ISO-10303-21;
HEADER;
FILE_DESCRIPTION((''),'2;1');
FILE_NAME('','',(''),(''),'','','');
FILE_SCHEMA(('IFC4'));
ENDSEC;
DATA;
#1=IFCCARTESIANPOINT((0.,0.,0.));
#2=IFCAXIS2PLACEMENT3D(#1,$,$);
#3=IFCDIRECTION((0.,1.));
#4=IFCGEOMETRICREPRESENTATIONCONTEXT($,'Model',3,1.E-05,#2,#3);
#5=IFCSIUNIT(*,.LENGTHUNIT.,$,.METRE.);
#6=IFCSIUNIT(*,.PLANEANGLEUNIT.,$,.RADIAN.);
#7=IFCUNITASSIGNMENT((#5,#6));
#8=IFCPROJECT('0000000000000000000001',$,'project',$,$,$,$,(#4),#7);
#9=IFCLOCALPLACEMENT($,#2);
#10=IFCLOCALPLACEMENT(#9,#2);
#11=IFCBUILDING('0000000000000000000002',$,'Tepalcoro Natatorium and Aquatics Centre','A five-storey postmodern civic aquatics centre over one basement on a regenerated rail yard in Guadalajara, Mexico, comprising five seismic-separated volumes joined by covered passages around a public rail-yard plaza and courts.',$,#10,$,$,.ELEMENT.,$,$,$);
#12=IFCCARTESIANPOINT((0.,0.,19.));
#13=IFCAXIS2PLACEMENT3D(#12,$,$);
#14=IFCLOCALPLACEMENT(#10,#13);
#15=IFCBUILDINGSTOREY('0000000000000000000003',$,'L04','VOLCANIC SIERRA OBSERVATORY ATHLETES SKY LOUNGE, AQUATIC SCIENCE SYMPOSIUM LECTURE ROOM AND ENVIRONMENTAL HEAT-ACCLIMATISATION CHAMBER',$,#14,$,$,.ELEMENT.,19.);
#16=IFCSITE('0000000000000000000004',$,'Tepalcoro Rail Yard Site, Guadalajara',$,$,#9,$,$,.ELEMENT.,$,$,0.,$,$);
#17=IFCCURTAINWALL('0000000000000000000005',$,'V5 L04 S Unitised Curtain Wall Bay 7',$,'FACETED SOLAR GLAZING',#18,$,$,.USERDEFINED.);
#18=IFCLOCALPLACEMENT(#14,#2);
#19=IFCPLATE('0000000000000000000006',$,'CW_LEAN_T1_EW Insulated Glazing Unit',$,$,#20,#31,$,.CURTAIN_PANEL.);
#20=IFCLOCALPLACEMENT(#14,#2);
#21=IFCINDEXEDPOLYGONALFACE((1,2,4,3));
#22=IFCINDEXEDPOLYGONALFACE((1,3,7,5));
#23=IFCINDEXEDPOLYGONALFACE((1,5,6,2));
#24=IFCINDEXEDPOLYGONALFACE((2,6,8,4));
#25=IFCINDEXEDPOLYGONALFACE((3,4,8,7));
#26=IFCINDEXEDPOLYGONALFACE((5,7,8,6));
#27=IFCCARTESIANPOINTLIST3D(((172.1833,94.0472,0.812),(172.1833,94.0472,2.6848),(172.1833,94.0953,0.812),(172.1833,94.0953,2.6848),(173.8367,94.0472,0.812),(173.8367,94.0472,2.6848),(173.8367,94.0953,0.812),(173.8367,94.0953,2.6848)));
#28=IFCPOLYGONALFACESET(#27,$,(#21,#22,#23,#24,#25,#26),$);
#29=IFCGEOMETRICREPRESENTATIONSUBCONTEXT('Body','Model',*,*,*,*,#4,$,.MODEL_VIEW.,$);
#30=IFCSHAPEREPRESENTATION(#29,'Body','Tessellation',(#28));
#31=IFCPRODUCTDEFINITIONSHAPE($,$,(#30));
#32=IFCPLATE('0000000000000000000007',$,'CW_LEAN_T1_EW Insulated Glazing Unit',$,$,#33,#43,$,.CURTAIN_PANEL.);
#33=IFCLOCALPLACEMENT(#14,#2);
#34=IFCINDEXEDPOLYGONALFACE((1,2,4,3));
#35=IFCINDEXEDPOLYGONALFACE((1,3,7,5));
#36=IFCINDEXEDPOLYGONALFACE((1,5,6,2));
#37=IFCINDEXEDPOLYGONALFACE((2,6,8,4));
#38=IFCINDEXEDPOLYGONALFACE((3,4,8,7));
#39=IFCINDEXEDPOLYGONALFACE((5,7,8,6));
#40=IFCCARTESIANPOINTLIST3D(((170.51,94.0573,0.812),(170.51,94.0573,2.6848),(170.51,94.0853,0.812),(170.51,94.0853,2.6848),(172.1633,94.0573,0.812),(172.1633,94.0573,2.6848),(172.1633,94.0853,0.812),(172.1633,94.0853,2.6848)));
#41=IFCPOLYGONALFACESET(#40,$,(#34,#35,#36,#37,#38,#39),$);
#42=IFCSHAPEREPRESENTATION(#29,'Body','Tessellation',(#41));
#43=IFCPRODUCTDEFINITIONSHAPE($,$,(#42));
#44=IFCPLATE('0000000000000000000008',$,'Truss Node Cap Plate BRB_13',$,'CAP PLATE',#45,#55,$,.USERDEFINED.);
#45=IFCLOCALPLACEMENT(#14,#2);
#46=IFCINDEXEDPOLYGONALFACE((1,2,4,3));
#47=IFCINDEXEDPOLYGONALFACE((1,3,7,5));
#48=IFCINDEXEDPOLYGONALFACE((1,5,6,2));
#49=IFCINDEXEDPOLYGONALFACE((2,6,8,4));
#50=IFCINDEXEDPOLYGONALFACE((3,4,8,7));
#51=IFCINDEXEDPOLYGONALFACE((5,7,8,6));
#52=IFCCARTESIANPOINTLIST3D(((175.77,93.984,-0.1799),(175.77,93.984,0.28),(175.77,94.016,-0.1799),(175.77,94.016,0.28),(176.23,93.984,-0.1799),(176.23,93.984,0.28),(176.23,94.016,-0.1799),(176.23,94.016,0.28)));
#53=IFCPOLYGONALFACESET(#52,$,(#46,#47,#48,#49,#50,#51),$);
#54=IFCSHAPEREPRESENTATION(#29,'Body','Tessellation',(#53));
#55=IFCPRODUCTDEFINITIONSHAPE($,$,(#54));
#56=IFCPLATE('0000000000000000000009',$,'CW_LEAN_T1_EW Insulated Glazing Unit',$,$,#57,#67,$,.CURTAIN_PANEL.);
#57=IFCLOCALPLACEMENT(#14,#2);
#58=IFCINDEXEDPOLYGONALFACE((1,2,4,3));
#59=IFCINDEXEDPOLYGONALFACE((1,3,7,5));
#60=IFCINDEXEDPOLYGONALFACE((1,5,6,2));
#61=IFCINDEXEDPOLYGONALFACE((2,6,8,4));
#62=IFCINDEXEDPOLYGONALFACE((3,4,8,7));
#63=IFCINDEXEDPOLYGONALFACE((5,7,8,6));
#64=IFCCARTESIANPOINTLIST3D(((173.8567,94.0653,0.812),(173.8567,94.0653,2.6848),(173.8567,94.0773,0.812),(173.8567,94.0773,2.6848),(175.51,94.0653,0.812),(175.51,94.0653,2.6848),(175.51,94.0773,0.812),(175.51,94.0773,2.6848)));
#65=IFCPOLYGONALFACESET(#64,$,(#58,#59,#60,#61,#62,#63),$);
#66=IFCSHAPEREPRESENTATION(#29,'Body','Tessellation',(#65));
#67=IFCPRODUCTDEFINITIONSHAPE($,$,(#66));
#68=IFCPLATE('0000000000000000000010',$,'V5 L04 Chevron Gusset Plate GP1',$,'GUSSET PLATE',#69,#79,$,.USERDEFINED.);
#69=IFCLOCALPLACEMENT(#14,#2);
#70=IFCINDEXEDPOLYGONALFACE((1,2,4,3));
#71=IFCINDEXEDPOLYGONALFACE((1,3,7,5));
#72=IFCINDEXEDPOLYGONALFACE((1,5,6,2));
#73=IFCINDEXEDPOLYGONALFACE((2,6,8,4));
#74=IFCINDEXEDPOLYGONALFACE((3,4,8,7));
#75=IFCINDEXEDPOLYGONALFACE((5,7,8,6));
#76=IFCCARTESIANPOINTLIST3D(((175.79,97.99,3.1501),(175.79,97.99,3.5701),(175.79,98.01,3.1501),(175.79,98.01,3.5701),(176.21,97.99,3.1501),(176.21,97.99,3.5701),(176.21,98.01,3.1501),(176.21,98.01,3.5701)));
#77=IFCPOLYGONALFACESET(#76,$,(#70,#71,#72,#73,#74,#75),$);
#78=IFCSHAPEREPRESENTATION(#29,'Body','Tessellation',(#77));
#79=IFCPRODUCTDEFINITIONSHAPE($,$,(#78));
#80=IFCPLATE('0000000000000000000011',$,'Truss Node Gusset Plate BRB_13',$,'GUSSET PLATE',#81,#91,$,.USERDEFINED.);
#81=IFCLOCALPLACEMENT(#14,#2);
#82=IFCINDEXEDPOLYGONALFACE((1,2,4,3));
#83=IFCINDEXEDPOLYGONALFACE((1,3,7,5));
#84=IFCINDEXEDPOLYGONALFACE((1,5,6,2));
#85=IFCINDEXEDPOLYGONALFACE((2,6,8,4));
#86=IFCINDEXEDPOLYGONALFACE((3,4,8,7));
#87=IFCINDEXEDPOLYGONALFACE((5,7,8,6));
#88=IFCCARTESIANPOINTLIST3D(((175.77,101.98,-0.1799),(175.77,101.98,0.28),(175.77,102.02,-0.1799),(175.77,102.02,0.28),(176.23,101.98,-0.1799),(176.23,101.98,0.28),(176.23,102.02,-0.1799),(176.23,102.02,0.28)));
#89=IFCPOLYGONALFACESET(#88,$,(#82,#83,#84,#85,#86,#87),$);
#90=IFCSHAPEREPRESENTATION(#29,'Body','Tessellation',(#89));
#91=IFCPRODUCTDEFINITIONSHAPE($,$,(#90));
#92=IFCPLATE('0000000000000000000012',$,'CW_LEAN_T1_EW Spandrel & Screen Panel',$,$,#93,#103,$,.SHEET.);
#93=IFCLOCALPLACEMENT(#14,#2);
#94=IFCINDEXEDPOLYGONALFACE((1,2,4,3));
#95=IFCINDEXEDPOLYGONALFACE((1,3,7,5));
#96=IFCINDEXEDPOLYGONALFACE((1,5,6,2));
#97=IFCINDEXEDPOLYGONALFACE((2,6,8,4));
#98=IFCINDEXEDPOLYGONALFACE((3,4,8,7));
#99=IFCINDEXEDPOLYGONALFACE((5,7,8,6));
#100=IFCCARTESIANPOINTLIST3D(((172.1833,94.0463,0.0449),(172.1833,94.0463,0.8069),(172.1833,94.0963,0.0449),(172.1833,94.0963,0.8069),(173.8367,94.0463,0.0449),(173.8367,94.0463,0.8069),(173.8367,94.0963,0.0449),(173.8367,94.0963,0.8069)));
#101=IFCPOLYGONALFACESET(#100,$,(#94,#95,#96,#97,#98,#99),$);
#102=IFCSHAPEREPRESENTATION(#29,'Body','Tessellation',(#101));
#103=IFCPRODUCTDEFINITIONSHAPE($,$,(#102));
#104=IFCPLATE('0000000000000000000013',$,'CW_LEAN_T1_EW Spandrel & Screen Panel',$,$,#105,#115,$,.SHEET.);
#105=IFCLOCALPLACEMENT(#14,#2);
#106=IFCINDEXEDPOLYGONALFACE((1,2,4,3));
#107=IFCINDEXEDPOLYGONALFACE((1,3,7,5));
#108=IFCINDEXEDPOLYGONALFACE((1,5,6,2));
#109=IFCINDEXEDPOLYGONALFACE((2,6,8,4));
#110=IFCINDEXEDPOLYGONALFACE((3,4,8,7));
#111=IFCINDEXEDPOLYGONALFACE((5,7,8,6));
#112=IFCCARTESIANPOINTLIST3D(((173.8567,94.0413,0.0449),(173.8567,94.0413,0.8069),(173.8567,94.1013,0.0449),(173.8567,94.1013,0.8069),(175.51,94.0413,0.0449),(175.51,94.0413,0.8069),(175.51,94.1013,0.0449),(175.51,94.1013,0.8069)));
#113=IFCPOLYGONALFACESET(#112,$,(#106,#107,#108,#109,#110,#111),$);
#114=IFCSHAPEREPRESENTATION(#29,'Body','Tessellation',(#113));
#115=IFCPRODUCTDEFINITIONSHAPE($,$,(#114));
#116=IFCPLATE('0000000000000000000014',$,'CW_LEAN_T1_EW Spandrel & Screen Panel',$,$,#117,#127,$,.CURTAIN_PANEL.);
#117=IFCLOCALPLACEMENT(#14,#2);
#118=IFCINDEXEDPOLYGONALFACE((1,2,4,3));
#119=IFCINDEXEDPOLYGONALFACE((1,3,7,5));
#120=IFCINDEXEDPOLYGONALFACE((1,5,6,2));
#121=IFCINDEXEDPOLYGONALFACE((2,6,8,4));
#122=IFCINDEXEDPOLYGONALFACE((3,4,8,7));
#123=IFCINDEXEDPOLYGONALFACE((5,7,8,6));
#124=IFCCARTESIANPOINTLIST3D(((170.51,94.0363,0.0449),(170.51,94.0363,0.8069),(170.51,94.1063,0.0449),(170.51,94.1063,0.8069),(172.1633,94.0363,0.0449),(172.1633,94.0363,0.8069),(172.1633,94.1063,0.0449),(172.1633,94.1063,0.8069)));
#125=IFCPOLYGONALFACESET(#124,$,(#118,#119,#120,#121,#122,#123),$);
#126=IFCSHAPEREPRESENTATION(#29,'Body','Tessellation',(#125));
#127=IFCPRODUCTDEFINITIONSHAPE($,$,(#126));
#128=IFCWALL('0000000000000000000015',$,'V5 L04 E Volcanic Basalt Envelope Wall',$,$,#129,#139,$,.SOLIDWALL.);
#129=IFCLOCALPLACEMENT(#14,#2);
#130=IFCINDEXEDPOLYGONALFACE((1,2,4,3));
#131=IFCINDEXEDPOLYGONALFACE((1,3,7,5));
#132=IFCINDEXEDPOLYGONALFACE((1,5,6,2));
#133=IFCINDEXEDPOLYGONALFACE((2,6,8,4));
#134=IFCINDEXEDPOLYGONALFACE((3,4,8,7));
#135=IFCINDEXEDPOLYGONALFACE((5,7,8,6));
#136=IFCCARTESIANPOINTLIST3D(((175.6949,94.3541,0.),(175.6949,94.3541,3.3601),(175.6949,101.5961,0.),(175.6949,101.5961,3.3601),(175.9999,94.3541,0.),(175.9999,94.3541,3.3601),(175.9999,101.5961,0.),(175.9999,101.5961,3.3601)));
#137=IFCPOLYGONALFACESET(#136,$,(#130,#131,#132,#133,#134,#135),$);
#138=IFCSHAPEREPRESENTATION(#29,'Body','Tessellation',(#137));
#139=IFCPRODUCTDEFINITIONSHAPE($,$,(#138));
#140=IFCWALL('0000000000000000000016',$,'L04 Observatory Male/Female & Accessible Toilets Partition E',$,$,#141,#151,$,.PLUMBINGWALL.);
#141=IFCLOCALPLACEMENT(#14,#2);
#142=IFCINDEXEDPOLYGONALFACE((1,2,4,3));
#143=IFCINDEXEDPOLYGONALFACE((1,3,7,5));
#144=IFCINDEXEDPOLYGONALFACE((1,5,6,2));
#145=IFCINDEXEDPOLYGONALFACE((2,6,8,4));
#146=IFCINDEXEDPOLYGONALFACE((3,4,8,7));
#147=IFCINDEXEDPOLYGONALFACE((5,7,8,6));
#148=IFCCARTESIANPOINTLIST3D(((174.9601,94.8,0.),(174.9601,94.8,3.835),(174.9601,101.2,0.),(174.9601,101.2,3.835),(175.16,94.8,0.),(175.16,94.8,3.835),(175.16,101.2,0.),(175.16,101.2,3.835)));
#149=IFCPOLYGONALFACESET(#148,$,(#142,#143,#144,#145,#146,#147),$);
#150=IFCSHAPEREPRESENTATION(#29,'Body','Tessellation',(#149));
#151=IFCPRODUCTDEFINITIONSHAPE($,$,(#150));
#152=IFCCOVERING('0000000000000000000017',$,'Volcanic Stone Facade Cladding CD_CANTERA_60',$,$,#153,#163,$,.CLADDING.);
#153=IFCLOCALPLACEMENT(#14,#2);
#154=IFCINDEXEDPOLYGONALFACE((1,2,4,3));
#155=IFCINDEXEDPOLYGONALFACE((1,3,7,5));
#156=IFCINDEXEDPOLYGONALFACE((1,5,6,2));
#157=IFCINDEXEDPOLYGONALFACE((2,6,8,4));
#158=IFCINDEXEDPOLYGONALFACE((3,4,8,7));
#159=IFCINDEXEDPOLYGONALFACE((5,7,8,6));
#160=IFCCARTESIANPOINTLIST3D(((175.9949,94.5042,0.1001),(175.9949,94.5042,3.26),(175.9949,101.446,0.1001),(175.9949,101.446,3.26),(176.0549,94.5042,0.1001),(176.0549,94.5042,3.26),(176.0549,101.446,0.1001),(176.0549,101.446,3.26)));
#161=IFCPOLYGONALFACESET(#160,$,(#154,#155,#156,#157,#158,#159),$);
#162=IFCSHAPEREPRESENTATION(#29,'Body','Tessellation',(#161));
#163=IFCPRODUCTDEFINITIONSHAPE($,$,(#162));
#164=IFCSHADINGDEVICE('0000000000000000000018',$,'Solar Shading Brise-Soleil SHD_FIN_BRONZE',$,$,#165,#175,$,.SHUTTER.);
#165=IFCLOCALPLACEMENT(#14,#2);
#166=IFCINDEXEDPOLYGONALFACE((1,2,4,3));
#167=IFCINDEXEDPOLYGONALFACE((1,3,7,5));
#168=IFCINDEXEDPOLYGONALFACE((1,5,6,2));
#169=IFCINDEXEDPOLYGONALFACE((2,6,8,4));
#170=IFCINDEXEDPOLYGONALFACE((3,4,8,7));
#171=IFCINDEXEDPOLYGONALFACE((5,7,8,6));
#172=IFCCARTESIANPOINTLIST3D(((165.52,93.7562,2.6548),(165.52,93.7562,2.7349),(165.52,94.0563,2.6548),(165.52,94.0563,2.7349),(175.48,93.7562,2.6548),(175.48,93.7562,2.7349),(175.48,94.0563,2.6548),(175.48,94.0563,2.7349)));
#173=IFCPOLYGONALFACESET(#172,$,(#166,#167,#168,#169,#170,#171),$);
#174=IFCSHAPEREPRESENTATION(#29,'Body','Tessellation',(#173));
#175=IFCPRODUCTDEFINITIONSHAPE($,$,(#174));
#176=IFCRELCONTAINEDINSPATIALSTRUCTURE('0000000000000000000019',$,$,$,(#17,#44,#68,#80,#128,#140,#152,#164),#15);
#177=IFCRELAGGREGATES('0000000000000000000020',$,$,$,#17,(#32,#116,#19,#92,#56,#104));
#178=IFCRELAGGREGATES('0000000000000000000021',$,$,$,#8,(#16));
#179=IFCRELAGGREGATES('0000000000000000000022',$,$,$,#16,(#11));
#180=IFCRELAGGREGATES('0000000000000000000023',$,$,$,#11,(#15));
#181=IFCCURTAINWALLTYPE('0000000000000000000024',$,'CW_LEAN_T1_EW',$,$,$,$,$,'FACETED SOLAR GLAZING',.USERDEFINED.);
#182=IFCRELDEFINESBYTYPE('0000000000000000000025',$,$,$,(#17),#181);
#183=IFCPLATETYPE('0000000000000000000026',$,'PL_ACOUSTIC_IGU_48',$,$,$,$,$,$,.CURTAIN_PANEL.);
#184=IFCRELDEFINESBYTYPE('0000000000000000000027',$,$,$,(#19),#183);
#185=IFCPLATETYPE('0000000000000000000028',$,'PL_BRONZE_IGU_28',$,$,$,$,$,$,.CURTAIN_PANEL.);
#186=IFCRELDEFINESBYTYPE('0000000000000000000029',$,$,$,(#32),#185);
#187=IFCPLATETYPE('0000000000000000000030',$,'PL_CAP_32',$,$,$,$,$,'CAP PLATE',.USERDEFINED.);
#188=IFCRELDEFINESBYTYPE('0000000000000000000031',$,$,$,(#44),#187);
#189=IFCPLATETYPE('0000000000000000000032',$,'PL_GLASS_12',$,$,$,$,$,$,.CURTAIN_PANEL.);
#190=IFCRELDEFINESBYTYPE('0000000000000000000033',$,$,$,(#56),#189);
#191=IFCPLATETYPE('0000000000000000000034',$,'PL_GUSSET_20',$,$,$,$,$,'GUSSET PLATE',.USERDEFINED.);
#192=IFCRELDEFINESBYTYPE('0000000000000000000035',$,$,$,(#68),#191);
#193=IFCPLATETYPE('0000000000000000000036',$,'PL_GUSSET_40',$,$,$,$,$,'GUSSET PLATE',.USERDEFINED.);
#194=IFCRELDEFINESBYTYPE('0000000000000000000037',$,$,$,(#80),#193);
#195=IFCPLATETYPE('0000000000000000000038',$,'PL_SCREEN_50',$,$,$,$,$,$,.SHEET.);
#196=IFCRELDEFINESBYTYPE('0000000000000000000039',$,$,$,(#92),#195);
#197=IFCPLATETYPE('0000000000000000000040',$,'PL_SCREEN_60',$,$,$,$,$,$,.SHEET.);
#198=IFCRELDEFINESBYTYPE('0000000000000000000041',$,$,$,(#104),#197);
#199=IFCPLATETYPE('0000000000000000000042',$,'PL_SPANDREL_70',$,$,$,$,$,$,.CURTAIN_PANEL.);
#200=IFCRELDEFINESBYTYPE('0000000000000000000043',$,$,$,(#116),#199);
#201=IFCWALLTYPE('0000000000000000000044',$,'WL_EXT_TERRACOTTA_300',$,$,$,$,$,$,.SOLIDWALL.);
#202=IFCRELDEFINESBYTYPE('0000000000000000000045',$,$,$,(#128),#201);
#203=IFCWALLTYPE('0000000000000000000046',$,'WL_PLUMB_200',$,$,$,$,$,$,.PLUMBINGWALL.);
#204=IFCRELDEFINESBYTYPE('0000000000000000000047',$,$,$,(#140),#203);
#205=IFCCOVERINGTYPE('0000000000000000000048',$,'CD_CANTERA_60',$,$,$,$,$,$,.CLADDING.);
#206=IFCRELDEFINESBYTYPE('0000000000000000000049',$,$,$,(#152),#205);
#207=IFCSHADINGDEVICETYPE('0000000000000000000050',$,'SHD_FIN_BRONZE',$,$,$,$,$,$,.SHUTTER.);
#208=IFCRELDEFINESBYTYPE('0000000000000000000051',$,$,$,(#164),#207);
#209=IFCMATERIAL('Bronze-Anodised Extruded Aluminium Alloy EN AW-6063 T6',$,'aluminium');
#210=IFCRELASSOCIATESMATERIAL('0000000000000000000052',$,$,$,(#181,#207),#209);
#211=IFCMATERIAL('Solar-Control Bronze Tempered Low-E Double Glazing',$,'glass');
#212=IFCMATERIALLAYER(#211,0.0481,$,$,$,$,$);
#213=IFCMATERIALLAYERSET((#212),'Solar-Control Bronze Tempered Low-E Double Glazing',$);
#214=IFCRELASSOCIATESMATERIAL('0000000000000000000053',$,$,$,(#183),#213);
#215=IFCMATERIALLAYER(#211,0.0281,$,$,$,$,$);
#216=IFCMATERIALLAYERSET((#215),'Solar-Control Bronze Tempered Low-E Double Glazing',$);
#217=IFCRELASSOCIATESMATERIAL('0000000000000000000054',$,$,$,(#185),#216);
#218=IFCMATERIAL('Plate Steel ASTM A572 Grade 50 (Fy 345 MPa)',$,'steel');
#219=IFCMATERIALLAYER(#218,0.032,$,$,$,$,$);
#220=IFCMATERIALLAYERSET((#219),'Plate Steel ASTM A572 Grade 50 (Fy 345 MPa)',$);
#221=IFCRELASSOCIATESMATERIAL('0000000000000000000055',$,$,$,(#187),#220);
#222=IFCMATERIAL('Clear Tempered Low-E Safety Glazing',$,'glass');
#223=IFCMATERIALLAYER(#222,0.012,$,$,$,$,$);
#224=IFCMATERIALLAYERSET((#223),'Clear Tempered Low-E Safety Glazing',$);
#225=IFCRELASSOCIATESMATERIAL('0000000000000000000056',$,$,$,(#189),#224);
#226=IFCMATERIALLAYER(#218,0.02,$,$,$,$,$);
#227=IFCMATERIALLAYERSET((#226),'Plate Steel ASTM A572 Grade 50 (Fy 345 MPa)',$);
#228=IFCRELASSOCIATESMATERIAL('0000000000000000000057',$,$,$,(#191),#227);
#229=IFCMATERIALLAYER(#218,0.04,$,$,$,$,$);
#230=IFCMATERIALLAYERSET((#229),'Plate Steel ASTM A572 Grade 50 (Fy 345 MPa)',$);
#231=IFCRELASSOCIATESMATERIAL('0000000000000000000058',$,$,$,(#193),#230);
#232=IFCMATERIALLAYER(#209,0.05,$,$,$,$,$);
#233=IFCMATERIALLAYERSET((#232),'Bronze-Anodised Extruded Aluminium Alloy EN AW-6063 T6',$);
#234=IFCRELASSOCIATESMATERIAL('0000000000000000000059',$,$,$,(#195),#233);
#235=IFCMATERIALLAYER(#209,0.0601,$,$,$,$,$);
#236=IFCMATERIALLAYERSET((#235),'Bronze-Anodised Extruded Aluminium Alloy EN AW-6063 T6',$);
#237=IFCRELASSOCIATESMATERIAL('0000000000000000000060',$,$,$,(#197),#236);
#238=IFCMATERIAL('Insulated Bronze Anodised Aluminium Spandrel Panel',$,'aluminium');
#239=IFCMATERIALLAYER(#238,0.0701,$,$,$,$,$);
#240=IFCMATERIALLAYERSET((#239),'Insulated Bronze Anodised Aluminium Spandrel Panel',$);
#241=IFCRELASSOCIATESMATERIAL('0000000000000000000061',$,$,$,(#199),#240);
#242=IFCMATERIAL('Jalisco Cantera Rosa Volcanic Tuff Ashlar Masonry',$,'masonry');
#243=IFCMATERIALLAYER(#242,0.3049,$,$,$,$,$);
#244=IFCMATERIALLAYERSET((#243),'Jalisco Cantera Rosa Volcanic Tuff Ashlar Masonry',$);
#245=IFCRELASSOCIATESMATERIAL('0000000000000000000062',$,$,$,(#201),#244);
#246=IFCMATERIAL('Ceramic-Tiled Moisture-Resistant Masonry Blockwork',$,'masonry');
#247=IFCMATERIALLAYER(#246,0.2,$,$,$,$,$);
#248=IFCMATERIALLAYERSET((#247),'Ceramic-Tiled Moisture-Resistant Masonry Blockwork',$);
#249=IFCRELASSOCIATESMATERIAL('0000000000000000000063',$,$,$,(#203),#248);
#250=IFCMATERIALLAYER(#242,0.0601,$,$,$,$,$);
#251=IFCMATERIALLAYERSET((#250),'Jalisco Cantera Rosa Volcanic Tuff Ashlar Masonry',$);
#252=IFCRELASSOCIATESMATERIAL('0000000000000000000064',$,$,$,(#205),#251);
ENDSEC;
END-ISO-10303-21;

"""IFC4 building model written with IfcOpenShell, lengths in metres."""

from ifc_helpers import new_model, si_unit, direction, frame, frame_2d, origin, origin_2d, place, context, subcontext, project, spatial, rectangle, extrude, material, layer, layer_set, type_object, element, aggregate, save


model = new_model("IFC4")

# Units and contexts
model_context = context("Model", 3, precision=1e-05, world=origin(), true_north=direction((0.0, 1.0)))
body_context = subcontext(model_context, "Body", "Model", "MODEL_VIEW")
ifc_project = project(units=[si_unit("LENGTHUNIT", "METRE"), si_unit("PLANEANGLEUNIT", "RADIAN")], contexts=[model_context])

# Site, building, storey
site_placement = place(None, origin())
site = spatial("IfcSite", under=ifc_project, at=site_placement, Name="Tepalcoro Rail Yard Site, Guadalajara", CompositionType="ELEMENT", RefElevation=0.0)
building_placement = place(site_placement, origin())
building = spatial("IfcBuilding", under=site, at=building_placement, Name="Tepalcoro Natatorium and Aquatics Centre", Description="A five-storey postmodern civic aquatics centre over one basement on a regenerated rail yard in Guadalajara, Mexico, comprising five seismic-separated volumes joined by covered passages around a public rail-yard plaza and courts.", CompositionType="ELEMENT")
storey_placement = place(building_placement, frame((0.0, 0.0, 19.0)))
storey = spatial("IfcBuildingStorey", under=building, at=storey_placement, Name="L04", Description="VOLCANIC SIERRA OBSERVATORY ATHLETES SKY LOUNGE, AQUATIC SCIENCE SYMPOSIUM LECTURE ROOM AND ENVIRONMENTAL HEAT-ACCLIMATISATION CHAMBER", CompositionType="ELEMENT", Elevation=19.0)

# Curtain wall
ifc_material_1 = material(Name="Bronze-Anodised Extruded Aluminium Alloy EN AW-6063 T6", Category="aluminium")
curtain_wall_type_1 = type_object("IfcCurtainWallType", Name="CW_LEAN_T1_EW", ElementType="FACETED SOLAR GLAZING", PredefinedType="USERDEFINED", material=ifc_material_1)
curtain_wall_1_placement = place(storey_placement, origin())
curtain_wall_1 = element("IfcCurtainWall", 1, at=curtain_wall_1_placement, inside=storey, type_object=curtain_wall_type_1, Name="V5 L04 S Unitised Curtain Wall Bay 7", ObjectType="FACETED SOLAR GLAZING", PredefinedType="USERDEFINED")

# Plates
ifc_material_2 = material(Name="Solar-Control Bronze Tempered Low-E Double Glazing", Category="glass")
ifc_layer_1 = layer(ifc_material_2, 0.0481)
ifc_layer_set_1 = layer_set([ifc_layer_1], Name="Solar-Control Bronze Tempered Low-E Double Glazing")
plate_type_1 = type_object("IfcPlateType", Name="PL_ACOUSTIC_IGU_48", PredefinedType="CURTAIN_PANEL", material=ifc_layer_set_1)
plate_1_placement = place(storey_placement, frame((173.01, 94.0713, 0.812), z_axis=(0.0, 0.0, 1.0), x_axis=(1.0, 0.0, 0.0)))
plate_1 = element("IfcPlate", 2, at=plate_1_placement, type_object=plate_type_1, Name="CW_LEAN_T1_EW Insulated Glazing Unit", PredefinedType="CURTAIN_PANEL", context=body_context, shape_type="SweptSolid", body=[
    extrude(rectangle(XDim=1.6533, YDim=0.0481, at=origin_2d()), origin(), (0.0, 0.0, 1.0), 1.8728),
])
ifc_layer_2 = layer(ifc_material_2, 0.0281)
ifc_layer_set_2 = layer_set([ifc_layer_2], Name="Solar-Control Bronze Tempered Low-E Double Glazing")
plate_type_2 = type_object("IfcPlateType", Name="PL_BRONZE_IGU_28", PredefinedType="CURTAIN_PANEL", material=ifc_layer_set_2)
plate_2_placement = place(storey_placement, frame((171.3367, 94.0713, 0.812), z_axis=(0.0, 0.0, 1.0), x_axis=(1.0, 0.0, 0.0)))
plate_2 = element("IfcPlate", 3, at=plate_2_placement, type_object=plate_type_2, Name="CW_LEAN_T1_EW Insulated Glazing Unit", PredefinedType="CURTAIN_PANEL", context=body_context, shape_type="SweptSolid", body=[
    extrude(rectangle(XDim=1.6533, YDim=0.0281, at=origin_2d()), origin(), (0.0, 0.0, 1.0), 1.8728),
])
ifc_material_3 = material(Name="Plate Steel ASTM A572 Grade 50 (Fy 345 MPa)", Category="steel")
ifc_layer_3 = layer(ifc_material_3, 0.032)
ifc_layer_set_3 = layer_set([ifc_layer_3], Name="Plate Steel ASTM A572 Grade 50 (Fy 345 MPa)")
plate_type_3 = type_object("IfcPlateType", Name="PL_CAP_32", ElementType="CAP PLATE", PredefinedType="USERDEFINED", material=ifc_layer_set_3)
plate_3_placement = place(storey_placement, frame((176.0, 94.0, -0.1799), z_axis=(0.0, 0.0, 1.0), x_axis=(1.0, 0.0, 0.0)))
element("IfcPlate", 4, at=plate_3_placement, inside=storey, type_object=plate_type_3, Name="Truss Node Cap Plate BRB_13", ObjectType="CAP PLATE", PredefinedType="USERDEFINED", context=body_context, shape_type="SweptSolid", body=[
    extrude(rectangle(XDim=0.46, YDim=0.032, at=origin_2d()), origin(), (0.0, 0.0, 1.0), 0.46),
])
ifc_material_4 = material(Name="Clear Tempered Low-E Safety Glazing", Category="glass")
ifc_layer_4 = layer(ifc_material_4, 0.012)
ifc_layer_set_4 = layer_set([ifc_layer_4], Name="Clear Tempered Low-E Safety Glazing")
plate_type_4 = type_object("IfcPlateType", Name="PL_GLASS_12", PredefinedType="CURTAIN_PANEL", material=ifc_layer_set_4)
plate_4_placement = place(storey_placement, frame((174.6833, 94.0713, 0.812), z_axis=(0.0, 0.0, 1.0), x_axis=(1.0, 0.0, 0.0)))
plate_4 = element("IfcPlate", 5, at=plate_4_placement, type_object=plate_type_4, Name="CW_LEAN_T1_EW Insulated Glazing Unit", PredefinedType="CURTAIN_PANEL", context=body_context, shape_type="SweptSolid", body=[
    extrude(rectangle(XDim=1.6533, YDim=0.012, at=origin_2d()), origin(), (0.0, 0.0, 1.0), 1.8728),
])

# Plates
ifc_layer_5 = layer(ifc_material_3, 0.02)
ifc_layer_set_5 = layer_set([ifc_layer_5], Name="Plate Steel ASTM A572 Grade 50 (Fy 345 MPa)")
plate_type_5 = type_object("IfcPlateType", Name="PL_GUSSET_20", ElementType="GUSSET PLATE", PredefinedType="USERDEFINED", material=ifc_layer_set_5)
plate_5_placement = place(storey_placement, frame((176.0, 98.0, 3.1501), z_axis=(0.0, 0.0, 1.0), x_axis=(1.0, 0.0, 0.0)))
element("IfcPlate", 6, at=plate_5_placement, inside=storey, type_object=plate_type_5, Name="V5 L04 Chevron Gusset Plate GP1", ObjectType="GUSSET PLATE", PredefinedType="USERDEFINED", context=body_context, shape_type="SweptSolid", body=[
    extrude(rectangle(XDim=0.4199, YDim=0.02, at=origin_2d()), origin(), (0.0, 0.0, 1.0), 0.4199),
])
ifc_layer_6 = layer(ifc_material_3, 0.04)
ifc_layer_set_6 = layer_set([ifc_layer_6], Name="Plate Steel ASTM A572 Grade 50 (Fy 345 MPa)")
plate_type_6 = type_object("IfcPlateType", Name="PL_GUSSET_40", ElementType="GUSSET PLATE", PredefinedType="USERDEFINED", material=ifc_layer_set_6)
plate_6_placement = place(storey_placement, frame((176.0, 102.0, -0.1799), z_axis=(0.0, 0.0, 1.0), x_axis=(1.0, 0.0, 0.0)))
element("IfcPlate", 7, at=plate_6_placement, inside=storey, type_object=plate_type_6, Name="Truss Node Gusset Plate BRB_13", ObjectType="GUSSET PLATE", PredefinedType="USERDEFINED", context=body_context, shape_type="SweptSolid", body=[
    extrude(rectangle(XDim=0.46, YDim=0.04, at=origin_2d()), origin(), (0.0, 0.0, 1.0), 0.46),
])

# Plates
ifc_layer_7 = layer(ifc_material_1, 0.05)
ifc_layer_set_7 = layer_set([ifc_layer_7], Name="Bronze-Anodised Extruded Aluminium Alloy EN AW-6063 T6")
plate_type_7 = type_object("IfcPlateType", Name="PL_SCREEN_50", PredefinedType="SHEET", material=ifc_layer_set_7)
plate_7_placement = place(storey_placement, frame((173.01, 94.0713, 0.0449), z_axis=(0.0, 0.0, 1.0), x_axis=(1.0, 0.0, 0.0)))
plate_7 = element("IfcPlate", 8, at=plate_7_placement, type_object=plate_type_7, Name="CW_LEAN_T1_EW Spandrel & Screen Panel", PredefinedType="SHEET", context=body_context, shape_type="SweptSolid", body=[
    extrude(rectangle(XDim=1.6533, YDim=0.05, at=origin_2d()), origin(), (0.0, 0.0, 1.0), 0.762),
])
ifc_layer_8 = layer(ifc_material_1, 0.0601)
ifc_layer_set_8 = layer_set([ifc_layer_8], Name="Bronze-Anodised Extruded Aluminium Alloy EN AW-6063 T6")
plate_type_8 = type_object("IfcPlateType", Name="PL_SCREEN_60", PredefinedType="SHEET", material=ifc_layer_set_8)
plate_8_placement = place(storey_placement, frame((174.6833, 94.0713, 0.0449), z_axis=(0.0, 0.0, 1.0), x_axis=(1.0, 0.0, 0.0)))
plate_8 = element("IfcPlate", 9, at=plate_8_placement, type_object=plate_type_8, Name="CW_LEAN_T1_EW Spandrel & Screen Panel", PredefinedType="SHEET", context=body_context, shape_type="SweptSolid", body=[
    extrude(rectangle(XDim=1.6533, YDim=0.0601, at=origin_2d()), origin(), (0.0, 0.0, 1.0), 0.762),
])
ifc_material_5 = material(Name="Insulated Bronze Anodised Aluminium Spandrel Panel", Category="aluminium")
ifc_layer_9 = layer(ifc_material_5, 0.0701)
ifc_layer_set_9 = layer_set([ifc_layer_9], Name="Insulated Bronze Anodised Aluminium Spandrel Panel")
plate_type_9 = type_object("IfcPlateType", Name="PL_SPANDREL_70", PredefinedType="CURTAIN_PANEL", material=ifc_layer_set_9)
plate_9_placement = place(storey_placement, frame((171.3367, 94.0713, 0.0449), z_axis=(0.0, 0.0, 1.0), x_axis=(1.0, 0.0, 0.0)))
plate_9 = element("IfcPlate", 10, at=plate_9_placement, type_object=plate_type_9, Name="CW_LEAN_T1_EW Spandrel & Screen Panel", PredefinedType="CURTAIN_PANEL", context=body_context, shape_type="SweptSolid", body=[
    extrude(rectangle(XDim=1.6533, YDim=0.0701, at=origin_2d()), origin(), (0.0, 0.0, 1.0), 0.762),
])
aggregate(curtain_wall_1, [plate_2, plate_9, plate_1, plate_7, plate_4, plate_8])

# Walls
ifc_material_6 = material(Name="Jalisco Cantera Rosa Volcanic Tuff Ashlar Masonry", Category="masonry")
ifc_layer_10 = layer(ifc_material_6, 0.3049)
ifc_layer_set_10 = layer_set([ifc_layer_10], Name="Jalisco Cantera Rosa Volcanic Tuff Ashlar Masonry")
wall_type_1 = type_object("IfcWallType", Name="WL_EXT_TERRACOTTA_300", PredefinedType="SOLIDWALL", material=ifc_layer_set_10)
wall_1_placement = place(storey_placement, frame((175.8474, 94.354, 0.0), z_axis=(0.0, 0.0, 1.0), x_axis=(0.0, 1.0, 0.0)))
element("IfcWall", 11, at=wall_1_placement, inside=storey, type_object=wall_type_1, Name="V5 L04 E Volcanic Basalt Envelope Wall", PredefinedType="SOLIDWALL", context=body_context, shape_type="SweptSolid", body=[
    extrude(rectangle(XDim=7.2419, YDim=0.3049, at=frame_2d((3.6211, 0.0))), origin(), (0.0, 0.0, 1.0), 3.3601),
])
ifc_material_7 = material(Name="Ceramic-Tiled Moisture-Resistant Masonry Blockwork", Category="masonry")
ifc_layer_11 = layer(ifc_material_7, 0.2)
ifc_layer_set_11 = layer_set([ifc_layer_11], Name="Ceramic-Tiled Moisture-Resistant Masonry Blockwork")
wall_type_2 = type_object("IfcWallType", Name="WL_PLUMB_200", PredefinedType="PLUMBINGWALL", material=ifc_layer_set_11)
wall_2_placement = place(storey_placement, frame((175.0601, 94.8, 0.0), z_axis=(0.0, 0.0, 1.0), x_axis=(0.0, 1.0, 0.0)))
element("IfcWall", 12, at=wall_2_placement, inside=storey, type_object=wall_type_2, Name="L04 Observatory Male/Female & Accessible Toilets Partition E", PredefinedType="PLUMBINGWALL", context=body_context, shape_type="SweptSolid", body=[
    extrude(rectangle(XDim=6.3999, YDim=0.2, at=frame_2d((3.2, 0.0))), origin(), (0.0, 0.0, 1.0), 3.835),
])

# Covering
ifc_layer_12 = layer(ifc_material_6, 0.0601)
ifc_layer_set_12 = layer_set([ifc_layer_12], Name="Jalisco Cantera Rosa Volcanic Tuff Ashlar Masonry")
covering_type = type_object("IfcCoveringType", Name="CD_CANTERA_60", PredefinedType="CLADDING", material=ifc_layer_set_12)
covering_placement = place(storey_placement, frame((176.0249, 97.9751, 0.1001), z_axis=(0.0, 0.0, 1.0), x_axis=(1.0, 0.0, 0.0)))
element("IfcCovering", 13, at=covering_placement, inside=storey, type_object=covering_type, Name="Volcanic Stone Facade Cladding CD_CANTERA_60", PredefinedType="CLADDING", context=body_context, shape_type="SweptSolid", body=[
    extrude(rectangle(XDim=0.0601, YDim=6.9419, at=origin_2d()), origin(), (0.0, 0.0, 1.0), 3.1599),
])

# Shading device
shading_device_type = type_object("IfcShadingDeviceType", Name="SHD_FIN_BRONZE", PredefinedType="SHUTTER", material=ifc_material_1)
shading_device_placement = place(storey_placement, frame((170.5, 93.9062, 2.6548), z_axis=(0.0, 0.0, 1.0), x_axis=(1.0, 0.0, 0.0)))
element("IfcShadingDevice", 14, at=shading_device_placement, inside=storey, type_object=shading_device_type, Name="Solar Shading Brise-Soleil SHD_FIN_BRONZE", PredefinedType="SHUTTER", context=body_context, shape_type="SweptSolid", body=[
    extrude(rectangle(XDim=9.96, YDim=0.3, at=origin_2d()), origin(), (0.0, 0.0, 1.0), 0.0801),
])

save(model, "model.ifc")
